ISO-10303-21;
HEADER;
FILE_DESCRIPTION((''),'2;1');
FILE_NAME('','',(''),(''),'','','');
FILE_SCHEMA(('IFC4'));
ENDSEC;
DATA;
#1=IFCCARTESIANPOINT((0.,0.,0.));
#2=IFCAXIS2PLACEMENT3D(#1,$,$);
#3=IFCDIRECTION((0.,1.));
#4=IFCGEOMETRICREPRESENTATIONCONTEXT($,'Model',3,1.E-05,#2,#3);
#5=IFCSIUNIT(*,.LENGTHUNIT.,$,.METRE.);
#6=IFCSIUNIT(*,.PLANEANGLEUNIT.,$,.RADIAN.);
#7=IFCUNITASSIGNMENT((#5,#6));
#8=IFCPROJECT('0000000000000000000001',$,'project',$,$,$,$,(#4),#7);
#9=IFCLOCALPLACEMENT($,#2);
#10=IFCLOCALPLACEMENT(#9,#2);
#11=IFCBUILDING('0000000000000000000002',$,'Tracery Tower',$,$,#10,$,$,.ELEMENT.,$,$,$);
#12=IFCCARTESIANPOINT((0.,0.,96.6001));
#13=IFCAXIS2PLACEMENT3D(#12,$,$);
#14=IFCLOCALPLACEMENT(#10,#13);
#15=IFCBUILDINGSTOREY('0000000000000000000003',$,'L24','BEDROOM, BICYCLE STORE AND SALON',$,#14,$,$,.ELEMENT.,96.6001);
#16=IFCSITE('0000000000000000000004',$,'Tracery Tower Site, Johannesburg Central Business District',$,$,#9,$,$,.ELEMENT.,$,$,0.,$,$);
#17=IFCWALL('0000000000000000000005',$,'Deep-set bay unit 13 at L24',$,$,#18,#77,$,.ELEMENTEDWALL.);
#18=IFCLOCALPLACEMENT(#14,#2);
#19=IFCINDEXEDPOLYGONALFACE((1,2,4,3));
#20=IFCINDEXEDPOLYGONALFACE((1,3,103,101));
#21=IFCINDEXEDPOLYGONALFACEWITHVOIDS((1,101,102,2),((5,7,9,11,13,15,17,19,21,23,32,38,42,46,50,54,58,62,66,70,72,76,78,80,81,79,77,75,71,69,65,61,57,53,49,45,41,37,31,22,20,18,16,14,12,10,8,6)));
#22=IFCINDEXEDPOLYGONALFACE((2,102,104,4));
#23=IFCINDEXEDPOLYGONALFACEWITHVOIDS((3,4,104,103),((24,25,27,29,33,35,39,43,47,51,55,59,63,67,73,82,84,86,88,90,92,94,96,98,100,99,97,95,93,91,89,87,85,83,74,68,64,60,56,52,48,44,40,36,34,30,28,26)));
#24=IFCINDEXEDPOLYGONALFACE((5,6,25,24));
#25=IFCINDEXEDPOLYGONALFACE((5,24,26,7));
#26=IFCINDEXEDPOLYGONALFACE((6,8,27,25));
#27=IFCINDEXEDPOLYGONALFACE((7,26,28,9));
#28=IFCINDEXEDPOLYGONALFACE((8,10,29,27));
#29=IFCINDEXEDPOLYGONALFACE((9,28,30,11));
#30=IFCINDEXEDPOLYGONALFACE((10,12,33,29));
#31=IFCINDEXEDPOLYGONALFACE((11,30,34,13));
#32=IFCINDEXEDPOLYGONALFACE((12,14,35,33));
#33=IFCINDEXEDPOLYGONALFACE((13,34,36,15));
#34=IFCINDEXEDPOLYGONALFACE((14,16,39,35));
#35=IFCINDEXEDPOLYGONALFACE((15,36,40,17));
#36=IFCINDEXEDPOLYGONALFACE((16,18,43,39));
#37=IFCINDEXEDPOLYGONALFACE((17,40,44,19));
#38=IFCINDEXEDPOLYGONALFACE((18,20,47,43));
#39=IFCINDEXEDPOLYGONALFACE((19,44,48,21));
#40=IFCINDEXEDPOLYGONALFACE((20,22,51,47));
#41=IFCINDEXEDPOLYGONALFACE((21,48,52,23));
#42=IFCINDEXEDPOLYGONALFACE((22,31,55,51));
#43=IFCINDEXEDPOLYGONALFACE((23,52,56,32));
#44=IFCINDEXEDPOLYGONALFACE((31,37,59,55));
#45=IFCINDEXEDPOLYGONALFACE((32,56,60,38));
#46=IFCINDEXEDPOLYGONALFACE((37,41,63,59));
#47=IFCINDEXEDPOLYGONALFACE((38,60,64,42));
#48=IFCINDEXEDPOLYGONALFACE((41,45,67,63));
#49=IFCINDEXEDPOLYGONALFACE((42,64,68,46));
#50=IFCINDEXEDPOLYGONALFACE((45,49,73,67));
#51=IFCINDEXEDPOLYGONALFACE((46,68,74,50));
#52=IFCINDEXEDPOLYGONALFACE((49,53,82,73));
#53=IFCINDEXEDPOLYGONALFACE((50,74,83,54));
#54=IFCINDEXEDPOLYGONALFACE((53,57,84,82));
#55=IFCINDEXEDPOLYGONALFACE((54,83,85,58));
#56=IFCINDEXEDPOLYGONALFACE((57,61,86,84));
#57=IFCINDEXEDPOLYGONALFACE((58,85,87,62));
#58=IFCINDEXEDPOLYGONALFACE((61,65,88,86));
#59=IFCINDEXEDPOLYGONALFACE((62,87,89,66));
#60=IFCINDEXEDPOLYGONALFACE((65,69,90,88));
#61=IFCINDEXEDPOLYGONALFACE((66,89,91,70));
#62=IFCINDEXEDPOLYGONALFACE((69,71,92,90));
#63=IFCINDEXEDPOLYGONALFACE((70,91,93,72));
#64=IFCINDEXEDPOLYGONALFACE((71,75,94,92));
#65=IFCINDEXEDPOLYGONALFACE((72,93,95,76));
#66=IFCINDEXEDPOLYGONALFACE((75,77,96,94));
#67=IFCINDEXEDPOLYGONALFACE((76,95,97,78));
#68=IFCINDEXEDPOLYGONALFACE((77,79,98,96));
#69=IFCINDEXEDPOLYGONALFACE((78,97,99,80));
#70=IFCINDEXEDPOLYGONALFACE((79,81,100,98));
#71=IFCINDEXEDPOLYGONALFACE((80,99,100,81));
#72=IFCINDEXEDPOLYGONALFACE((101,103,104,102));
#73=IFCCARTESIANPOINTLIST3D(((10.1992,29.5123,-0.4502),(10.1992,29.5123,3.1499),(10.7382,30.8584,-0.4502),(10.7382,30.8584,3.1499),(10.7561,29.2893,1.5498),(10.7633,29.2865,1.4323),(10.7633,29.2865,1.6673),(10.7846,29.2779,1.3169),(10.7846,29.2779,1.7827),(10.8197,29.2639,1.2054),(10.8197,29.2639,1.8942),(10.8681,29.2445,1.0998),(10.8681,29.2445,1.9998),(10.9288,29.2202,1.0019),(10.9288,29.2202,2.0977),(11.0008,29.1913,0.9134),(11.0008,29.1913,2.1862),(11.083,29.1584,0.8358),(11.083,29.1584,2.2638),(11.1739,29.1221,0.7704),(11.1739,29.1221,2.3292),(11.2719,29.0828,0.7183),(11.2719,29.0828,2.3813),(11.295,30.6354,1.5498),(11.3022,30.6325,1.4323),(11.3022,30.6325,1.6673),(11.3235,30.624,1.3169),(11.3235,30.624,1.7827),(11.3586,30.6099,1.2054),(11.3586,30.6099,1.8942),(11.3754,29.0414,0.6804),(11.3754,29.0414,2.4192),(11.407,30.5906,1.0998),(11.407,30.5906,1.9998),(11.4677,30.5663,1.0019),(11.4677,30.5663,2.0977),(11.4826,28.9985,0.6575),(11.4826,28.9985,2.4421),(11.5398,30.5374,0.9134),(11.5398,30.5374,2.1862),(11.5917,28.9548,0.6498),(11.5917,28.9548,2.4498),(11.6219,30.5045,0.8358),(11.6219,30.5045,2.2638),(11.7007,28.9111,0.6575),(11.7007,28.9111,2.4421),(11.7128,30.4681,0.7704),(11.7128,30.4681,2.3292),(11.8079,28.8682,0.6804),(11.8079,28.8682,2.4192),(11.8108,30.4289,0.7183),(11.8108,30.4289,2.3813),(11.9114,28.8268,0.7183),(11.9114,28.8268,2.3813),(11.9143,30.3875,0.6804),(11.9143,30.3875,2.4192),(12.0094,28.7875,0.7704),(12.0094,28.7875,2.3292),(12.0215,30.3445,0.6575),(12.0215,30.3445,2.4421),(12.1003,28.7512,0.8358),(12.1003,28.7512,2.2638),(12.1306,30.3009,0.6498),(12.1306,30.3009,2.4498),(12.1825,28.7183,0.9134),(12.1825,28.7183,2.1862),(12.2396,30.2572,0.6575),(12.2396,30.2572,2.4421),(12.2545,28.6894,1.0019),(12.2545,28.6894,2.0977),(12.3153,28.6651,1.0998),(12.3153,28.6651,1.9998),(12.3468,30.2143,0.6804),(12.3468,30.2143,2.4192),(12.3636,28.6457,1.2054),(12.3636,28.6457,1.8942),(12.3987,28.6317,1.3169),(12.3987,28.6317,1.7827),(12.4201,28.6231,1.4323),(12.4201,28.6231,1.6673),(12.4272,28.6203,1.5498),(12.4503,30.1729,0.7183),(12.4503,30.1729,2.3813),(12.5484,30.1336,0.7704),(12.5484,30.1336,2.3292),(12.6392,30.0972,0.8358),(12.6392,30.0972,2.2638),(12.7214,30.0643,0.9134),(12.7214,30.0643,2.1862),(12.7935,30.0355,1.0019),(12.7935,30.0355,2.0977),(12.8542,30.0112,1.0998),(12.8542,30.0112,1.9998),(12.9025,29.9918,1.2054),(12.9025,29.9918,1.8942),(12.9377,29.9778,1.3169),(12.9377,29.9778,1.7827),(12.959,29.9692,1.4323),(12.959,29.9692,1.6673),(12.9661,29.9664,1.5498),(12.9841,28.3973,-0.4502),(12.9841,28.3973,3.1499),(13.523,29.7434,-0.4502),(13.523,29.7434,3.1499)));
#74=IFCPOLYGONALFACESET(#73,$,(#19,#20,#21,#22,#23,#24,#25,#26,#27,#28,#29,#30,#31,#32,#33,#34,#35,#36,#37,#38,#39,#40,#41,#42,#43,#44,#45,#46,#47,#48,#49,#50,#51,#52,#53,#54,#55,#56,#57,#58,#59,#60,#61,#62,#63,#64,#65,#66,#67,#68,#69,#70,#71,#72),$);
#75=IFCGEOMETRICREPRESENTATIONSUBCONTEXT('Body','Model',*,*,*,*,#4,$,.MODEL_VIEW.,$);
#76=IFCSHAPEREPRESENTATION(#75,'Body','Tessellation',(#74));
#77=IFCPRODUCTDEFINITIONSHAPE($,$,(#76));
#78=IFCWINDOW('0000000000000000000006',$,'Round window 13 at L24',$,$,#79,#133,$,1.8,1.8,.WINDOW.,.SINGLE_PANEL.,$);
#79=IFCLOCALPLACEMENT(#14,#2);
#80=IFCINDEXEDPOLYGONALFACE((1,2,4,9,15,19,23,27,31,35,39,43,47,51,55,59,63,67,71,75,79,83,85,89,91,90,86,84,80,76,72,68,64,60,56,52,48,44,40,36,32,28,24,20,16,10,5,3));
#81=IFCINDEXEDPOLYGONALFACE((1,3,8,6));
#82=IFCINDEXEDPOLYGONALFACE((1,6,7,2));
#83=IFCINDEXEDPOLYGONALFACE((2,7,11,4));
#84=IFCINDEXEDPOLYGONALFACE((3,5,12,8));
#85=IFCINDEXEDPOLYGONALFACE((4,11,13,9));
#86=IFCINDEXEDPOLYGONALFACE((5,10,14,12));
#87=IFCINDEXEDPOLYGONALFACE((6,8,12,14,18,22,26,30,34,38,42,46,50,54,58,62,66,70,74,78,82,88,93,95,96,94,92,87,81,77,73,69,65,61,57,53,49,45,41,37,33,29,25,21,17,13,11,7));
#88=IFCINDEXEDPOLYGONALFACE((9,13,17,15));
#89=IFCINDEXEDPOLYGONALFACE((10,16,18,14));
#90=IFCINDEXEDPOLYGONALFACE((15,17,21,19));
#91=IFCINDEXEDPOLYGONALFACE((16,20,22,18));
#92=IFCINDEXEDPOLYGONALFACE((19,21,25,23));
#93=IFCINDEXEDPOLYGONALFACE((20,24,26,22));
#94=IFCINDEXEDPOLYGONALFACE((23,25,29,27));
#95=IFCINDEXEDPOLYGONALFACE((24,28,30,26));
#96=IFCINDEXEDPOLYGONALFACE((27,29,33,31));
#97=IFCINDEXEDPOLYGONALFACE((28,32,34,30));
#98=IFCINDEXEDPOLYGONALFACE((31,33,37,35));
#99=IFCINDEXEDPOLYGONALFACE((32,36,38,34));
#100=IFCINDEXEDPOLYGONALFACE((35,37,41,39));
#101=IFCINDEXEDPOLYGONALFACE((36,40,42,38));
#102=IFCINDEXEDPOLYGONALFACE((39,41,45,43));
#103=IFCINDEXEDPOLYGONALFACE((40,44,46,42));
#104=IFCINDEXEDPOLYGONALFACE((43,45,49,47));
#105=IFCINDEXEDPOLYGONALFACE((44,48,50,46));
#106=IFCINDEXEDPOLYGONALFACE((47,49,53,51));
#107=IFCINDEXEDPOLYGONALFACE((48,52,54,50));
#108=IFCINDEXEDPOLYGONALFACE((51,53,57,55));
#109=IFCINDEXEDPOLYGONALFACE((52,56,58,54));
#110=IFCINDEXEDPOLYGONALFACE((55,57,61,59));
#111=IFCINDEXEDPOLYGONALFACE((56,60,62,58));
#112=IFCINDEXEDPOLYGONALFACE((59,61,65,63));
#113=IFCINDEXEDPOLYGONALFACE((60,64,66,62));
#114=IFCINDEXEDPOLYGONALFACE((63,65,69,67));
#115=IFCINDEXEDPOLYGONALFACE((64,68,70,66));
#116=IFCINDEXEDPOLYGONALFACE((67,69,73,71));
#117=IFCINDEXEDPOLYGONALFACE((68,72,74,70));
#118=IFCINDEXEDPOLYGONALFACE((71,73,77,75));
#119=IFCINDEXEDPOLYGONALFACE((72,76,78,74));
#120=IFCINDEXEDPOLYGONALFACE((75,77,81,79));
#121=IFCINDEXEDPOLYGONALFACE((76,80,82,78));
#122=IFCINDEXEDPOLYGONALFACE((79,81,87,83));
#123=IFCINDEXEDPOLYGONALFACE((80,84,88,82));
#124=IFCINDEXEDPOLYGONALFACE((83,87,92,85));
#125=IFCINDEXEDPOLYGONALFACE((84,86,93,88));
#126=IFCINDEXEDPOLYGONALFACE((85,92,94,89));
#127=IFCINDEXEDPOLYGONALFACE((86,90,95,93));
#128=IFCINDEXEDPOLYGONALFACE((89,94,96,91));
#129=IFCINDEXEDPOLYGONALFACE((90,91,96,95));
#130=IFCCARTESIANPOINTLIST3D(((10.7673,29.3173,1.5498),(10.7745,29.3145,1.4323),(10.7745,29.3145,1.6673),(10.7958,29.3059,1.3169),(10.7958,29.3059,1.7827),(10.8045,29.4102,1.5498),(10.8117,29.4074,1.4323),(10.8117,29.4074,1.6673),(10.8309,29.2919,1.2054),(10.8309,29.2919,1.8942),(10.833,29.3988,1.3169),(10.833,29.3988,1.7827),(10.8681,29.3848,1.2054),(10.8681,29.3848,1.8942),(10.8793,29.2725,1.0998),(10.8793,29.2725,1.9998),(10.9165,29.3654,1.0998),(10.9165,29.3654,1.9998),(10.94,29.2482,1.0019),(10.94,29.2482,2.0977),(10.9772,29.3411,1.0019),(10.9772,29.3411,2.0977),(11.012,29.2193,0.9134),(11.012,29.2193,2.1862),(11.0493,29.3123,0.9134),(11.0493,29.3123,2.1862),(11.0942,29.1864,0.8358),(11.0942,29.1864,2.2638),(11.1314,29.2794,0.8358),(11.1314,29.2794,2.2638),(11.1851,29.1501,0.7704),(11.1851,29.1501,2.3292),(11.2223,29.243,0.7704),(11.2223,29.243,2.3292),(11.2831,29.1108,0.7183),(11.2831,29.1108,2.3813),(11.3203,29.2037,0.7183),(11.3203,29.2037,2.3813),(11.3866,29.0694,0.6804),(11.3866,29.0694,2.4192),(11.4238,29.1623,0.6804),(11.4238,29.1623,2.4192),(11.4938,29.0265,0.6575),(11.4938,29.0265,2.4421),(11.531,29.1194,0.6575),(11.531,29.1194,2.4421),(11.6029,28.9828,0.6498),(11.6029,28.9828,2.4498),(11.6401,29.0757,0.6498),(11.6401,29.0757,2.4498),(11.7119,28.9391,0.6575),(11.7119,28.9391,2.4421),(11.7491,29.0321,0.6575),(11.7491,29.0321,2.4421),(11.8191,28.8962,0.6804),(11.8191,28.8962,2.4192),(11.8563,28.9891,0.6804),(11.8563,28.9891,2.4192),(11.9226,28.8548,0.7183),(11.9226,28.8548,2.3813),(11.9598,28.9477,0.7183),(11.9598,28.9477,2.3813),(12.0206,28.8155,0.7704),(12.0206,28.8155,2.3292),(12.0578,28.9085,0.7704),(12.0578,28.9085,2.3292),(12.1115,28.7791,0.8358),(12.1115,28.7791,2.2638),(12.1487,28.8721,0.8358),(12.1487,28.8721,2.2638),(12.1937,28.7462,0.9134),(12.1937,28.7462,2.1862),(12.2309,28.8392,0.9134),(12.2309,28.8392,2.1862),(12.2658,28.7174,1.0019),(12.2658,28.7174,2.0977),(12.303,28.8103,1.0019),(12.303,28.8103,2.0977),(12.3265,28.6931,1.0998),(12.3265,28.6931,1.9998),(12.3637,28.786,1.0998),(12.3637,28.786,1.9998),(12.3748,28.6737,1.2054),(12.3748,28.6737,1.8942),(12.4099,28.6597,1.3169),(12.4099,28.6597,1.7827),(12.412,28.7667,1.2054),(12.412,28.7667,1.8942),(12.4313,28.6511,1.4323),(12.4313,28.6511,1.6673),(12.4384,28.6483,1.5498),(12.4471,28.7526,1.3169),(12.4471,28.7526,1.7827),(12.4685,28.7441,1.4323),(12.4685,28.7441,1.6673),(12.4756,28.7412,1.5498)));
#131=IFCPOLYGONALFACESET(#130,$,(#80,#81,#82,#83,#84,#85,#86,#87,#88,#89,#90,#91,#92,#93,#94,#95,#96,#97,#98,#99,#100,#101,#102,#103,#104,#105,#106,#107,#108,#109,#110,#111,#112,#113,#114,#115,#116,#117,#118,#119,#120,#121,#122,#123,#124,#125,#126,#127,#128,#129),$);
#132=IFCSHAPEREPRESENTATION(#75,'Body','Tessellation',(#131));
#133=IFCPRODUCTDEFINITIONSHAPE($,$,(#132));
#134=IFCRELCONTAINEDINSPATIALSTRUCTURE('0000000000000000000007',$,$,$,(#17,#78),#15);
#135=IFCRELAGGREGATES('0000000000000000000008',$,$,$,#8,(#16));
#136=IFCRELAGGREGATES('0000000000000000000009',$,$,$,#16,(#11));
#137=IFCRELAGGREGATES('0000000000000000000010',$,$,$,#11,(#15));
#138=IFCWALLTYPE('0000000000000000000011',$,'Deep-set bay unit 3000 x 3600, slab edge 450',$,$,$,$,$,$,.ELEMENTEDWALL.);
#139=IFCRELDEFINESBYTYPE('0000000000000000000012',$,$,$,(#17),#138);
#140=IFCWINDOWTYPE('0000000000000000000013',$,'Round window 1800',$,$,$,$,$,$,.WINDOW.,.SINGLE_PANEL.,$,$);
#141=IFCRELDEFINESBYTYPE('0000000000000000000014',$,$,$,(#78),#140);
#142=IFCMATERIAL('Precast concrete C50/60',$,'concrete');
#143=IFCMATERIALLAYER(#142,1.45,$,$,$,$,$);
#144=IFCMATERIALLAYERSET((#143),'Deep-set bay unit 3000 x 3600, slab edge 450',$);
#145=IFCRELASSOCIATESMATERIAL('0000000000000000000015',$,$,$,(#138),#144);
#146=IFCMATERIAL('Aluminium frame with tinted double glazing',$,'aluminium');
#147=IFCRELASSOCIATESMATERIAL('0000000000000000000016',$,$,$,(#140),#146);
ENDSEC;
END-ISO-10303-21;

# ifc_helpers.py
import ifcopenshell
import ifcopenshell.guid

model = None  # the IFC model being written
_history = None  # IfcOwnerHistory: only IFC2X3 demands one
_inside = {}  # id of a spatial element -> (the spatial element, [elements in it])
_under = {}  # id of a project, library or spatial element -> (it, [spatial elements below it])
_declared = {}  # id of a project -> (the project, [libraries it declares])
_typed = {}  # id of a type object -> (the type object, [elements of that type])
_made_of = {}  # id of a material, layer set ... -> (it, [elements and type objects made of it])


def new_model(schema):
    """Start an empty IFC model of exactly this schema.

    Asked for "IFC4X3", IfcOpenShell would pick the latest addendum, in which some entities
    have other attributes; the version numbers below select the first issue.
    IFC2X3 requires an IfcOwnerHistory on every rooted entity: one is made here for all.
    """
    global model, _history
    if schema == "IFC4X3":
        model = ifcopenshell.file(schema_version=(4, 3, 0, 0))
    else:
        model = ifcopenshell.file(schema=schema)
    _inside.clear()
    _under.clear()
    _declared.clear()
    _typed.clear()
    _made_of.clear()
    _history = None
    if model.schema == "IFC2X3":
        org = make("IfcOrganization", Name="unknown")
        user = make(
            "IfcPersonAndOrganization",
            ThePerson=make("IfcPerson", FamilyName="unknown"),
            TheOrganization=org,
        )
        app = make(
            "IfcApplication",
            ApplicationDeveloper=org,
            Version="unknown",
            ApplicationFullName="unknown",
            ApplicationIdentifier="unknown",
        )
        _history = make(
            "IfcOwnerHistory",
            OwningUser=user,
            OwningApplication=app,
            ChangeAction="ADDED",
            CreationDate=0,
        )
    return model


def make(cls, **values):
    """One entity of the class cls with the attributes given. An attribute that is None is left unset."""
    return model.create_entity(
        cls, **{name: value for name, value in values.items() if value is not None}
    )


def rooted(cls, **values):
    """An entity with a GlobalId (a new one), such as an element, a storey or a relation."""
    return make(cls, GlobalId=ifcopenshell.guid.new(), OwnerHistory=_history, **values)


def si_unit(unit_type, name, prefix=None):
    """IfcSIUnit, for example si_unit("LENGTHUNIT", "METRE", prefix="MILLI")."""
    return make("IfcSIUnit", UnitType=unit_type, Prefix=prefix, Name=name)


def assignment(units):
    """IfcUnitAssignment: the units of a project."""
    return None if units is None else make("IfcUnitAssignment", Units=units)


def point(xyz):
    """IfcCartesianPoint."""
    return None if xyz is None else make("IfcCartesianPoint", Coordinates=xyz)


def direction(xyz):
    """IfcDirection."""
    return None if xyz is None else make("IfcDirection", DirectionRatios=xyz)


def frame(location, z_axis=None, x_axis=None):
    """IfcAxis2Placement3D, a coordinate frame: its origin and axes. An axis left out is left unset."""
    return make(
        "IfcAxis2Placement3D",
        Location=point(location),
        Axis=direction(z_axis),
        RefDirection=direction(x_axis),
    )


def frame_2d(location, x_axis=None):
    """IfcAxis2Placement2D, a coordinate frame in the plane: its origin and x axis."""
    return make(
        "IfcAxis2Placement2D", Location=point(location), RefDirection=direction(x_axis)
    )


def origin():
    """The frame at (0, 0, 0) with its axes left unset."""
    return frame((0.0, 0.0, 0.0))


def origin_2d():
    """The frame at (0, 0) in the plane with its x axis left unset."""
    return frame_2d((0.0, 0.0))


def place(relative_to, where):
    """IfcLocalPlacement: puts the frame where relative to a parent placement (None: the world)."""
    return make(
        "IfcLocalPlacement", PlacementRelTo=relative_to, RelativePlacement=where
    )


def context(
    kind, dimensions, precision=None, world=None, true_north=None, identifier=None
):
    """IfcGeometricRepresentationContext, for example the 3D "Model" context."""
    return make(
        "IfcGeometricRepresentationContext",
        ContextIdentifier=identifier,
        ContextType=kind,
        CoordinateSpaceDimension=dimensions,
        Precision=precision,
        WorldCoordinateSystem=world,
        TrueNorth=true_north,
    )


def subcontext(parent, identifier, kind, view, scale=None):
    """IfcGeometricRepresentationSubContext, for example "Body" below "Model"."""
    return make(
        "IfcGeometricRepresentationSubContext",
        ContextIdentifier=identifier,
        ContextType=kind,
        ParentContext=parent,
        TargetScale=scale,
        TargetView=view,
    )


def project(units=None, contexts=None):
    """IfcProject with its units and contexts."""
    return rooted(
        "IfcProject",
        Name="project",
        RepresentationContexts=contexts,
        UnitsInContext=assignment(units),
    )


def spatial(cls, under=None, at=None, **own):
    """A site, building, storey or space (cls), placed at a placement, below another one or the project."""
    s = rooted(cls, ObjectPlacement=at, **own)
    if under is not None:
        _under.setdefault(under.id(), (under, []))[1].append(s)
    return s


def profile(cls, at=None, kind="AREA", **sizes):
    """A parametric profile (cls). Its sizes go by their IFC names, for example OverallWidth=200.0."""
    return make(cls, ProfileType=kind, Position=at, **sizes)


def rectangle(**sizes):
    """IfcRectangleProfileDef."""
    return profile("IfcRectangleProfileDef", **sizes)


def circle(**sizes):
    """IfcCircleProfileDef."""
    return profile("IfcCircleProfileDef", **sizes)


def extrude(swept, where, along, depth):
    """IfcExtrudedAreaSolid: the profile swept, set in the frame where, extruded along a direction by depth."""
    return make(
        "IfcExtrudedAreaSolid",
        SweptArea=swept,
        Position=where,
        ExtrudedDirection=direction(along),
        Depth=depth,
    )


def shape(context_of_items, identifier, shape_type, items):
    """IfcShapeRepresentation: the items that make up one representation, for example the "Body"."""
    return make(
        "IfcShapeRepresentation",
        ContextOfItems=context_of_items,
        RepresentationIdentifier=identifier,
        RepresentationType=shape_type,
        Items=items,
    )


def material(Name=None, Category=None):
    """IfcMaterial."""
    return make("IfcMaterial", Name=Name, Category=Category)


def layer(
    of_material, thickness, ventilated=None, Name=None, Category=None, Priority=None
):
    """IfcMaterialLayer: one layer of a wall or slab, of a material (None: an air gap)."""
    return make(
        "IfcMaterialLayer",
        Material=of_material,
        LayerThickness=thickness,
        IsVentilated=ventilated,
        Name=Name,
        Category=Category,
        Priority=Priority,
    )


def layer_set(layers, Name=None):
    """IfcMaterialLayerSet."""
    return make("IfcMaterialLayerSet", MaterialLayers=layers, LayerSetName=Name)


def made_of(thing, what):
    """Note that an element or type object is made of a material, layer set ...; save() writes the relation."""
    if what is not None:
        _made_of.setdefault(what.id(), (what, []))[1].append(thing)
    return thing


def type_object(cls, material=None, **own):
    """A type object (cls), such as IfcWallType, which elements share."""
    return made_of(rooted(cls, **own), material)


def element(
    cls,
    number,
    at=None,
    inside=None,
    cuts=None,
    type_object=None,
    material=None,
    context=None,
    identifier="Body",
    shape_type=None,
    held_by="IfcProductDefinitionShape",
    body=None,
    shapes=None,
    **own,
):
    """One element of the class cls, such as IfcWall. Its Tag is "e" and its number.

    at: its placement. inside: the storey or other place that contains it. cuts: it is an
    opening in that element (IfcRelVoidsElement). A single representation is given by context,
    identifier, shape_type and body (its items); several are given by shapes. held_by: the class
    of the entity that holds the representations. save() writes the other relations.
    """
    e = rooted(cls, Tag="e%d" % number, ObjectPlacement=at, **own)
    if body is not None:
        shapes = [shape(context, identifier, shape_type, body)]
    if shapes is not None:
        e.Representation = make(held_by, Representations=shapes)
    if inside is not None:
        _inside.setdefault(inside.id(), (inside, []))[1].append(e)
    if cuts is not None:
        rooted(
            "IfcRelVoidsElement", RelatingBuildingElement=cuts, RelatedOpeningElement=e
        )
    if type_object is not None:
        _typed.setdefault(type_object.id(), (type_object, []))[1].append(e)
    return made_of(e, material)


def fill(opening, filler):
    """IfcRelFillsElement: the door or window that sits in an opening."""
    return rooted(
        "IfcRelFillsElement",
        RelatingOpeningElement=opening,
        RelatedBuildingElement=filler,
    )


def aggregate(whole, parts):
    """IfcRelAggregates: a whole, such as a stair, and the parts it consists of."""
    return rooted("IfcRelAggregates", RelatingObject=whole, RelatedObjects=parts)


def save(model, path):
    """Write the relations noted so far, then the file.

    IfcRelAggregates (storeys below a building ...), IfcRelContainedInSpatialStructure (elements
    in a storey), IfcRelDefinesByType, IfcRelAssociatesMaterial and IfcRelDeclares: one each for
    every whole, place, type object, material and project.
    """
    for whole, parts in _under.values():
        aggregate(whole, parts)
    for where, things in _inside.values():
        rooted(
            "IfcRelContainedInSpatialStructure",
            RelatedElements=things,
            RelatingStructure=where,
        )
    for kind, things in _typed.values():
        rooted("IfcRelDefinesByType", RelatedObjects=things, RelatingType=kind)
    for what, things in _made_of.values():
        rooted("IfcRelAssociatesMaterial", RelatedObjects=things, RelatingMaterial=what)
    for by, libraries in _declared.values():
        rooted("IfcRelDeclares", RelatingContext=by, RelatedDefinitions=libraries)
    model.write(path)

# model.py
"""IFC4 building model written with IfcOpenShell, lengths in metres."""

from ifc_helpers import new_model, si_unit, direction, frame, frame_2d, origin, origin_2d, place, context, subcontext, project, spatial, rectangle, circle, extrude, material, layer, layer_set, type_object, element, fill, save


model = new_model("IFC4")

# Units and contexts
model_context = context("Model", 3, precision=1e-05, world=origin(), true_north=direction((0.0, 1.0)))
body_context = subcontext(model_context, "Body", "Model", "MODEL_VIEW")
ifc_project = project(units=[si_unit("LENGTHUNIT", "METRE"), si_unit("PLANEANGLEUNIT", "RADIAN")], contexts=[model_context])

# Site, building, storey
site_placement = place(None, origin())
site = spatial("IfcSite", under=ifc_project, at=site_placement, Name="Tracery Tower Site, Johannesburg Central Business District", CompositionType="ELEMENT", RefElevation=0.0)
building_placement = place(site_placement, origin())
building = spatial("IfcBuilding", under=site, at=building_placement, Name="Tracery Tower", CompositionType="ELEMENT")
storey_placement = place(building_placement, frame((0.0, 0.0, 96.6001)))
storey = spatial("IfcBuildingStorey", under=building, at=storey_placement, Name="L24", Description="BEDROOM, BICYCLE STORE AND SALON", CompositionType="ELEMENT", Elevation=96.6001)

# Wall, opening, window
ifc_material_1 = material(Name="Precast concrete C50/60", Category="concrete")
ifc_layer_1 = layer(ifc_material_1, 1.45)
ifc_layer_set_1 = layer_set([ifc_layer_1], Name="Deep-set bay unit 3000 x 3600, slab edge 450")
wall_type_1 = type_object("IfcWallType", Name="Deep-set bay unit 3000 x 3600, slab edge 450", PredefinedType="ELEMENTEDWALL", material=ifc_layer_set_1)
ifc_material_2 = material(Name="Aluminium frame with tinted double glazing", Category="aluminium")
window_type = type_object("IfcWindowType", Name="Round window 1800", PartitioningType="SINGLE_PANEL", PredefinedType="WINDOW", material=ifc_material_2)
wall_1_placement = place(storey_placement, frame((13.2537, 29.0703, -0.4502), z_axis=(0.0, 0.0, 1.0), x_axis=(-0.928359, 0.371685, 0.0)))
wall_1 = element("IfcWall", 1, at=wall_1_placement, inside=storey, type_object=wall_type_1, Name="Deep-set bay unit 13 at L24", PredefinedType="ELEMENTEDWALL", context=body_context, shape_type="SweptSolid", body=[
    extrude(rectangle(XDim=2.9998, YDim=1.45, at=frame_2d((1.5, 0.0))), origin(), (0.0, 0.0, 1.0), 3.6001),
])
opening_1_placement = place(wall_1_placement, frame((1.5, 0.0, 2.0)))
opening_1 = element("IfcOpeningElement", 2, at=opening_1_placement, cuts=wall_1, PredefinedType="OPENING", context=body_context, shape_type="SweptSolid", body=[
    extrude(circle(Radius=0.9, at=origin_2d()), frame((0.0, 0.7349, 0.0), z_axis=(0.0, -1.0, 0.0), x_axis=(1.0, 0.0, 0.0)), (0.0, 0.0, 1.0), 1.47),
])
window_1_placement = place(opening_1_placement, origin())
window_1 = element("IfcWindow", 3, at=window_1_placement, inside=storey, type_object=window_type, Name="Round window 13 at L24", OverallHeight=1.8, OverallWidth=1.8, PartitioningType="SINGLE_PANEL", PredefinedType="WINDOW", context=body_context, shape_type="SweptSolid", body=[
    extrude(circle(Radius=0.9, at=origin_2d()), frame((0.0, 0.6948, 0.0), z_axis=(0.0, -1.0, 0.0), x_axis=(1.0, 0.0, 0.0)), (0.0, 0.0, 1.0), 0.1001),
])
fill(opening_1, window_1)

save(model, "model.ifc")
